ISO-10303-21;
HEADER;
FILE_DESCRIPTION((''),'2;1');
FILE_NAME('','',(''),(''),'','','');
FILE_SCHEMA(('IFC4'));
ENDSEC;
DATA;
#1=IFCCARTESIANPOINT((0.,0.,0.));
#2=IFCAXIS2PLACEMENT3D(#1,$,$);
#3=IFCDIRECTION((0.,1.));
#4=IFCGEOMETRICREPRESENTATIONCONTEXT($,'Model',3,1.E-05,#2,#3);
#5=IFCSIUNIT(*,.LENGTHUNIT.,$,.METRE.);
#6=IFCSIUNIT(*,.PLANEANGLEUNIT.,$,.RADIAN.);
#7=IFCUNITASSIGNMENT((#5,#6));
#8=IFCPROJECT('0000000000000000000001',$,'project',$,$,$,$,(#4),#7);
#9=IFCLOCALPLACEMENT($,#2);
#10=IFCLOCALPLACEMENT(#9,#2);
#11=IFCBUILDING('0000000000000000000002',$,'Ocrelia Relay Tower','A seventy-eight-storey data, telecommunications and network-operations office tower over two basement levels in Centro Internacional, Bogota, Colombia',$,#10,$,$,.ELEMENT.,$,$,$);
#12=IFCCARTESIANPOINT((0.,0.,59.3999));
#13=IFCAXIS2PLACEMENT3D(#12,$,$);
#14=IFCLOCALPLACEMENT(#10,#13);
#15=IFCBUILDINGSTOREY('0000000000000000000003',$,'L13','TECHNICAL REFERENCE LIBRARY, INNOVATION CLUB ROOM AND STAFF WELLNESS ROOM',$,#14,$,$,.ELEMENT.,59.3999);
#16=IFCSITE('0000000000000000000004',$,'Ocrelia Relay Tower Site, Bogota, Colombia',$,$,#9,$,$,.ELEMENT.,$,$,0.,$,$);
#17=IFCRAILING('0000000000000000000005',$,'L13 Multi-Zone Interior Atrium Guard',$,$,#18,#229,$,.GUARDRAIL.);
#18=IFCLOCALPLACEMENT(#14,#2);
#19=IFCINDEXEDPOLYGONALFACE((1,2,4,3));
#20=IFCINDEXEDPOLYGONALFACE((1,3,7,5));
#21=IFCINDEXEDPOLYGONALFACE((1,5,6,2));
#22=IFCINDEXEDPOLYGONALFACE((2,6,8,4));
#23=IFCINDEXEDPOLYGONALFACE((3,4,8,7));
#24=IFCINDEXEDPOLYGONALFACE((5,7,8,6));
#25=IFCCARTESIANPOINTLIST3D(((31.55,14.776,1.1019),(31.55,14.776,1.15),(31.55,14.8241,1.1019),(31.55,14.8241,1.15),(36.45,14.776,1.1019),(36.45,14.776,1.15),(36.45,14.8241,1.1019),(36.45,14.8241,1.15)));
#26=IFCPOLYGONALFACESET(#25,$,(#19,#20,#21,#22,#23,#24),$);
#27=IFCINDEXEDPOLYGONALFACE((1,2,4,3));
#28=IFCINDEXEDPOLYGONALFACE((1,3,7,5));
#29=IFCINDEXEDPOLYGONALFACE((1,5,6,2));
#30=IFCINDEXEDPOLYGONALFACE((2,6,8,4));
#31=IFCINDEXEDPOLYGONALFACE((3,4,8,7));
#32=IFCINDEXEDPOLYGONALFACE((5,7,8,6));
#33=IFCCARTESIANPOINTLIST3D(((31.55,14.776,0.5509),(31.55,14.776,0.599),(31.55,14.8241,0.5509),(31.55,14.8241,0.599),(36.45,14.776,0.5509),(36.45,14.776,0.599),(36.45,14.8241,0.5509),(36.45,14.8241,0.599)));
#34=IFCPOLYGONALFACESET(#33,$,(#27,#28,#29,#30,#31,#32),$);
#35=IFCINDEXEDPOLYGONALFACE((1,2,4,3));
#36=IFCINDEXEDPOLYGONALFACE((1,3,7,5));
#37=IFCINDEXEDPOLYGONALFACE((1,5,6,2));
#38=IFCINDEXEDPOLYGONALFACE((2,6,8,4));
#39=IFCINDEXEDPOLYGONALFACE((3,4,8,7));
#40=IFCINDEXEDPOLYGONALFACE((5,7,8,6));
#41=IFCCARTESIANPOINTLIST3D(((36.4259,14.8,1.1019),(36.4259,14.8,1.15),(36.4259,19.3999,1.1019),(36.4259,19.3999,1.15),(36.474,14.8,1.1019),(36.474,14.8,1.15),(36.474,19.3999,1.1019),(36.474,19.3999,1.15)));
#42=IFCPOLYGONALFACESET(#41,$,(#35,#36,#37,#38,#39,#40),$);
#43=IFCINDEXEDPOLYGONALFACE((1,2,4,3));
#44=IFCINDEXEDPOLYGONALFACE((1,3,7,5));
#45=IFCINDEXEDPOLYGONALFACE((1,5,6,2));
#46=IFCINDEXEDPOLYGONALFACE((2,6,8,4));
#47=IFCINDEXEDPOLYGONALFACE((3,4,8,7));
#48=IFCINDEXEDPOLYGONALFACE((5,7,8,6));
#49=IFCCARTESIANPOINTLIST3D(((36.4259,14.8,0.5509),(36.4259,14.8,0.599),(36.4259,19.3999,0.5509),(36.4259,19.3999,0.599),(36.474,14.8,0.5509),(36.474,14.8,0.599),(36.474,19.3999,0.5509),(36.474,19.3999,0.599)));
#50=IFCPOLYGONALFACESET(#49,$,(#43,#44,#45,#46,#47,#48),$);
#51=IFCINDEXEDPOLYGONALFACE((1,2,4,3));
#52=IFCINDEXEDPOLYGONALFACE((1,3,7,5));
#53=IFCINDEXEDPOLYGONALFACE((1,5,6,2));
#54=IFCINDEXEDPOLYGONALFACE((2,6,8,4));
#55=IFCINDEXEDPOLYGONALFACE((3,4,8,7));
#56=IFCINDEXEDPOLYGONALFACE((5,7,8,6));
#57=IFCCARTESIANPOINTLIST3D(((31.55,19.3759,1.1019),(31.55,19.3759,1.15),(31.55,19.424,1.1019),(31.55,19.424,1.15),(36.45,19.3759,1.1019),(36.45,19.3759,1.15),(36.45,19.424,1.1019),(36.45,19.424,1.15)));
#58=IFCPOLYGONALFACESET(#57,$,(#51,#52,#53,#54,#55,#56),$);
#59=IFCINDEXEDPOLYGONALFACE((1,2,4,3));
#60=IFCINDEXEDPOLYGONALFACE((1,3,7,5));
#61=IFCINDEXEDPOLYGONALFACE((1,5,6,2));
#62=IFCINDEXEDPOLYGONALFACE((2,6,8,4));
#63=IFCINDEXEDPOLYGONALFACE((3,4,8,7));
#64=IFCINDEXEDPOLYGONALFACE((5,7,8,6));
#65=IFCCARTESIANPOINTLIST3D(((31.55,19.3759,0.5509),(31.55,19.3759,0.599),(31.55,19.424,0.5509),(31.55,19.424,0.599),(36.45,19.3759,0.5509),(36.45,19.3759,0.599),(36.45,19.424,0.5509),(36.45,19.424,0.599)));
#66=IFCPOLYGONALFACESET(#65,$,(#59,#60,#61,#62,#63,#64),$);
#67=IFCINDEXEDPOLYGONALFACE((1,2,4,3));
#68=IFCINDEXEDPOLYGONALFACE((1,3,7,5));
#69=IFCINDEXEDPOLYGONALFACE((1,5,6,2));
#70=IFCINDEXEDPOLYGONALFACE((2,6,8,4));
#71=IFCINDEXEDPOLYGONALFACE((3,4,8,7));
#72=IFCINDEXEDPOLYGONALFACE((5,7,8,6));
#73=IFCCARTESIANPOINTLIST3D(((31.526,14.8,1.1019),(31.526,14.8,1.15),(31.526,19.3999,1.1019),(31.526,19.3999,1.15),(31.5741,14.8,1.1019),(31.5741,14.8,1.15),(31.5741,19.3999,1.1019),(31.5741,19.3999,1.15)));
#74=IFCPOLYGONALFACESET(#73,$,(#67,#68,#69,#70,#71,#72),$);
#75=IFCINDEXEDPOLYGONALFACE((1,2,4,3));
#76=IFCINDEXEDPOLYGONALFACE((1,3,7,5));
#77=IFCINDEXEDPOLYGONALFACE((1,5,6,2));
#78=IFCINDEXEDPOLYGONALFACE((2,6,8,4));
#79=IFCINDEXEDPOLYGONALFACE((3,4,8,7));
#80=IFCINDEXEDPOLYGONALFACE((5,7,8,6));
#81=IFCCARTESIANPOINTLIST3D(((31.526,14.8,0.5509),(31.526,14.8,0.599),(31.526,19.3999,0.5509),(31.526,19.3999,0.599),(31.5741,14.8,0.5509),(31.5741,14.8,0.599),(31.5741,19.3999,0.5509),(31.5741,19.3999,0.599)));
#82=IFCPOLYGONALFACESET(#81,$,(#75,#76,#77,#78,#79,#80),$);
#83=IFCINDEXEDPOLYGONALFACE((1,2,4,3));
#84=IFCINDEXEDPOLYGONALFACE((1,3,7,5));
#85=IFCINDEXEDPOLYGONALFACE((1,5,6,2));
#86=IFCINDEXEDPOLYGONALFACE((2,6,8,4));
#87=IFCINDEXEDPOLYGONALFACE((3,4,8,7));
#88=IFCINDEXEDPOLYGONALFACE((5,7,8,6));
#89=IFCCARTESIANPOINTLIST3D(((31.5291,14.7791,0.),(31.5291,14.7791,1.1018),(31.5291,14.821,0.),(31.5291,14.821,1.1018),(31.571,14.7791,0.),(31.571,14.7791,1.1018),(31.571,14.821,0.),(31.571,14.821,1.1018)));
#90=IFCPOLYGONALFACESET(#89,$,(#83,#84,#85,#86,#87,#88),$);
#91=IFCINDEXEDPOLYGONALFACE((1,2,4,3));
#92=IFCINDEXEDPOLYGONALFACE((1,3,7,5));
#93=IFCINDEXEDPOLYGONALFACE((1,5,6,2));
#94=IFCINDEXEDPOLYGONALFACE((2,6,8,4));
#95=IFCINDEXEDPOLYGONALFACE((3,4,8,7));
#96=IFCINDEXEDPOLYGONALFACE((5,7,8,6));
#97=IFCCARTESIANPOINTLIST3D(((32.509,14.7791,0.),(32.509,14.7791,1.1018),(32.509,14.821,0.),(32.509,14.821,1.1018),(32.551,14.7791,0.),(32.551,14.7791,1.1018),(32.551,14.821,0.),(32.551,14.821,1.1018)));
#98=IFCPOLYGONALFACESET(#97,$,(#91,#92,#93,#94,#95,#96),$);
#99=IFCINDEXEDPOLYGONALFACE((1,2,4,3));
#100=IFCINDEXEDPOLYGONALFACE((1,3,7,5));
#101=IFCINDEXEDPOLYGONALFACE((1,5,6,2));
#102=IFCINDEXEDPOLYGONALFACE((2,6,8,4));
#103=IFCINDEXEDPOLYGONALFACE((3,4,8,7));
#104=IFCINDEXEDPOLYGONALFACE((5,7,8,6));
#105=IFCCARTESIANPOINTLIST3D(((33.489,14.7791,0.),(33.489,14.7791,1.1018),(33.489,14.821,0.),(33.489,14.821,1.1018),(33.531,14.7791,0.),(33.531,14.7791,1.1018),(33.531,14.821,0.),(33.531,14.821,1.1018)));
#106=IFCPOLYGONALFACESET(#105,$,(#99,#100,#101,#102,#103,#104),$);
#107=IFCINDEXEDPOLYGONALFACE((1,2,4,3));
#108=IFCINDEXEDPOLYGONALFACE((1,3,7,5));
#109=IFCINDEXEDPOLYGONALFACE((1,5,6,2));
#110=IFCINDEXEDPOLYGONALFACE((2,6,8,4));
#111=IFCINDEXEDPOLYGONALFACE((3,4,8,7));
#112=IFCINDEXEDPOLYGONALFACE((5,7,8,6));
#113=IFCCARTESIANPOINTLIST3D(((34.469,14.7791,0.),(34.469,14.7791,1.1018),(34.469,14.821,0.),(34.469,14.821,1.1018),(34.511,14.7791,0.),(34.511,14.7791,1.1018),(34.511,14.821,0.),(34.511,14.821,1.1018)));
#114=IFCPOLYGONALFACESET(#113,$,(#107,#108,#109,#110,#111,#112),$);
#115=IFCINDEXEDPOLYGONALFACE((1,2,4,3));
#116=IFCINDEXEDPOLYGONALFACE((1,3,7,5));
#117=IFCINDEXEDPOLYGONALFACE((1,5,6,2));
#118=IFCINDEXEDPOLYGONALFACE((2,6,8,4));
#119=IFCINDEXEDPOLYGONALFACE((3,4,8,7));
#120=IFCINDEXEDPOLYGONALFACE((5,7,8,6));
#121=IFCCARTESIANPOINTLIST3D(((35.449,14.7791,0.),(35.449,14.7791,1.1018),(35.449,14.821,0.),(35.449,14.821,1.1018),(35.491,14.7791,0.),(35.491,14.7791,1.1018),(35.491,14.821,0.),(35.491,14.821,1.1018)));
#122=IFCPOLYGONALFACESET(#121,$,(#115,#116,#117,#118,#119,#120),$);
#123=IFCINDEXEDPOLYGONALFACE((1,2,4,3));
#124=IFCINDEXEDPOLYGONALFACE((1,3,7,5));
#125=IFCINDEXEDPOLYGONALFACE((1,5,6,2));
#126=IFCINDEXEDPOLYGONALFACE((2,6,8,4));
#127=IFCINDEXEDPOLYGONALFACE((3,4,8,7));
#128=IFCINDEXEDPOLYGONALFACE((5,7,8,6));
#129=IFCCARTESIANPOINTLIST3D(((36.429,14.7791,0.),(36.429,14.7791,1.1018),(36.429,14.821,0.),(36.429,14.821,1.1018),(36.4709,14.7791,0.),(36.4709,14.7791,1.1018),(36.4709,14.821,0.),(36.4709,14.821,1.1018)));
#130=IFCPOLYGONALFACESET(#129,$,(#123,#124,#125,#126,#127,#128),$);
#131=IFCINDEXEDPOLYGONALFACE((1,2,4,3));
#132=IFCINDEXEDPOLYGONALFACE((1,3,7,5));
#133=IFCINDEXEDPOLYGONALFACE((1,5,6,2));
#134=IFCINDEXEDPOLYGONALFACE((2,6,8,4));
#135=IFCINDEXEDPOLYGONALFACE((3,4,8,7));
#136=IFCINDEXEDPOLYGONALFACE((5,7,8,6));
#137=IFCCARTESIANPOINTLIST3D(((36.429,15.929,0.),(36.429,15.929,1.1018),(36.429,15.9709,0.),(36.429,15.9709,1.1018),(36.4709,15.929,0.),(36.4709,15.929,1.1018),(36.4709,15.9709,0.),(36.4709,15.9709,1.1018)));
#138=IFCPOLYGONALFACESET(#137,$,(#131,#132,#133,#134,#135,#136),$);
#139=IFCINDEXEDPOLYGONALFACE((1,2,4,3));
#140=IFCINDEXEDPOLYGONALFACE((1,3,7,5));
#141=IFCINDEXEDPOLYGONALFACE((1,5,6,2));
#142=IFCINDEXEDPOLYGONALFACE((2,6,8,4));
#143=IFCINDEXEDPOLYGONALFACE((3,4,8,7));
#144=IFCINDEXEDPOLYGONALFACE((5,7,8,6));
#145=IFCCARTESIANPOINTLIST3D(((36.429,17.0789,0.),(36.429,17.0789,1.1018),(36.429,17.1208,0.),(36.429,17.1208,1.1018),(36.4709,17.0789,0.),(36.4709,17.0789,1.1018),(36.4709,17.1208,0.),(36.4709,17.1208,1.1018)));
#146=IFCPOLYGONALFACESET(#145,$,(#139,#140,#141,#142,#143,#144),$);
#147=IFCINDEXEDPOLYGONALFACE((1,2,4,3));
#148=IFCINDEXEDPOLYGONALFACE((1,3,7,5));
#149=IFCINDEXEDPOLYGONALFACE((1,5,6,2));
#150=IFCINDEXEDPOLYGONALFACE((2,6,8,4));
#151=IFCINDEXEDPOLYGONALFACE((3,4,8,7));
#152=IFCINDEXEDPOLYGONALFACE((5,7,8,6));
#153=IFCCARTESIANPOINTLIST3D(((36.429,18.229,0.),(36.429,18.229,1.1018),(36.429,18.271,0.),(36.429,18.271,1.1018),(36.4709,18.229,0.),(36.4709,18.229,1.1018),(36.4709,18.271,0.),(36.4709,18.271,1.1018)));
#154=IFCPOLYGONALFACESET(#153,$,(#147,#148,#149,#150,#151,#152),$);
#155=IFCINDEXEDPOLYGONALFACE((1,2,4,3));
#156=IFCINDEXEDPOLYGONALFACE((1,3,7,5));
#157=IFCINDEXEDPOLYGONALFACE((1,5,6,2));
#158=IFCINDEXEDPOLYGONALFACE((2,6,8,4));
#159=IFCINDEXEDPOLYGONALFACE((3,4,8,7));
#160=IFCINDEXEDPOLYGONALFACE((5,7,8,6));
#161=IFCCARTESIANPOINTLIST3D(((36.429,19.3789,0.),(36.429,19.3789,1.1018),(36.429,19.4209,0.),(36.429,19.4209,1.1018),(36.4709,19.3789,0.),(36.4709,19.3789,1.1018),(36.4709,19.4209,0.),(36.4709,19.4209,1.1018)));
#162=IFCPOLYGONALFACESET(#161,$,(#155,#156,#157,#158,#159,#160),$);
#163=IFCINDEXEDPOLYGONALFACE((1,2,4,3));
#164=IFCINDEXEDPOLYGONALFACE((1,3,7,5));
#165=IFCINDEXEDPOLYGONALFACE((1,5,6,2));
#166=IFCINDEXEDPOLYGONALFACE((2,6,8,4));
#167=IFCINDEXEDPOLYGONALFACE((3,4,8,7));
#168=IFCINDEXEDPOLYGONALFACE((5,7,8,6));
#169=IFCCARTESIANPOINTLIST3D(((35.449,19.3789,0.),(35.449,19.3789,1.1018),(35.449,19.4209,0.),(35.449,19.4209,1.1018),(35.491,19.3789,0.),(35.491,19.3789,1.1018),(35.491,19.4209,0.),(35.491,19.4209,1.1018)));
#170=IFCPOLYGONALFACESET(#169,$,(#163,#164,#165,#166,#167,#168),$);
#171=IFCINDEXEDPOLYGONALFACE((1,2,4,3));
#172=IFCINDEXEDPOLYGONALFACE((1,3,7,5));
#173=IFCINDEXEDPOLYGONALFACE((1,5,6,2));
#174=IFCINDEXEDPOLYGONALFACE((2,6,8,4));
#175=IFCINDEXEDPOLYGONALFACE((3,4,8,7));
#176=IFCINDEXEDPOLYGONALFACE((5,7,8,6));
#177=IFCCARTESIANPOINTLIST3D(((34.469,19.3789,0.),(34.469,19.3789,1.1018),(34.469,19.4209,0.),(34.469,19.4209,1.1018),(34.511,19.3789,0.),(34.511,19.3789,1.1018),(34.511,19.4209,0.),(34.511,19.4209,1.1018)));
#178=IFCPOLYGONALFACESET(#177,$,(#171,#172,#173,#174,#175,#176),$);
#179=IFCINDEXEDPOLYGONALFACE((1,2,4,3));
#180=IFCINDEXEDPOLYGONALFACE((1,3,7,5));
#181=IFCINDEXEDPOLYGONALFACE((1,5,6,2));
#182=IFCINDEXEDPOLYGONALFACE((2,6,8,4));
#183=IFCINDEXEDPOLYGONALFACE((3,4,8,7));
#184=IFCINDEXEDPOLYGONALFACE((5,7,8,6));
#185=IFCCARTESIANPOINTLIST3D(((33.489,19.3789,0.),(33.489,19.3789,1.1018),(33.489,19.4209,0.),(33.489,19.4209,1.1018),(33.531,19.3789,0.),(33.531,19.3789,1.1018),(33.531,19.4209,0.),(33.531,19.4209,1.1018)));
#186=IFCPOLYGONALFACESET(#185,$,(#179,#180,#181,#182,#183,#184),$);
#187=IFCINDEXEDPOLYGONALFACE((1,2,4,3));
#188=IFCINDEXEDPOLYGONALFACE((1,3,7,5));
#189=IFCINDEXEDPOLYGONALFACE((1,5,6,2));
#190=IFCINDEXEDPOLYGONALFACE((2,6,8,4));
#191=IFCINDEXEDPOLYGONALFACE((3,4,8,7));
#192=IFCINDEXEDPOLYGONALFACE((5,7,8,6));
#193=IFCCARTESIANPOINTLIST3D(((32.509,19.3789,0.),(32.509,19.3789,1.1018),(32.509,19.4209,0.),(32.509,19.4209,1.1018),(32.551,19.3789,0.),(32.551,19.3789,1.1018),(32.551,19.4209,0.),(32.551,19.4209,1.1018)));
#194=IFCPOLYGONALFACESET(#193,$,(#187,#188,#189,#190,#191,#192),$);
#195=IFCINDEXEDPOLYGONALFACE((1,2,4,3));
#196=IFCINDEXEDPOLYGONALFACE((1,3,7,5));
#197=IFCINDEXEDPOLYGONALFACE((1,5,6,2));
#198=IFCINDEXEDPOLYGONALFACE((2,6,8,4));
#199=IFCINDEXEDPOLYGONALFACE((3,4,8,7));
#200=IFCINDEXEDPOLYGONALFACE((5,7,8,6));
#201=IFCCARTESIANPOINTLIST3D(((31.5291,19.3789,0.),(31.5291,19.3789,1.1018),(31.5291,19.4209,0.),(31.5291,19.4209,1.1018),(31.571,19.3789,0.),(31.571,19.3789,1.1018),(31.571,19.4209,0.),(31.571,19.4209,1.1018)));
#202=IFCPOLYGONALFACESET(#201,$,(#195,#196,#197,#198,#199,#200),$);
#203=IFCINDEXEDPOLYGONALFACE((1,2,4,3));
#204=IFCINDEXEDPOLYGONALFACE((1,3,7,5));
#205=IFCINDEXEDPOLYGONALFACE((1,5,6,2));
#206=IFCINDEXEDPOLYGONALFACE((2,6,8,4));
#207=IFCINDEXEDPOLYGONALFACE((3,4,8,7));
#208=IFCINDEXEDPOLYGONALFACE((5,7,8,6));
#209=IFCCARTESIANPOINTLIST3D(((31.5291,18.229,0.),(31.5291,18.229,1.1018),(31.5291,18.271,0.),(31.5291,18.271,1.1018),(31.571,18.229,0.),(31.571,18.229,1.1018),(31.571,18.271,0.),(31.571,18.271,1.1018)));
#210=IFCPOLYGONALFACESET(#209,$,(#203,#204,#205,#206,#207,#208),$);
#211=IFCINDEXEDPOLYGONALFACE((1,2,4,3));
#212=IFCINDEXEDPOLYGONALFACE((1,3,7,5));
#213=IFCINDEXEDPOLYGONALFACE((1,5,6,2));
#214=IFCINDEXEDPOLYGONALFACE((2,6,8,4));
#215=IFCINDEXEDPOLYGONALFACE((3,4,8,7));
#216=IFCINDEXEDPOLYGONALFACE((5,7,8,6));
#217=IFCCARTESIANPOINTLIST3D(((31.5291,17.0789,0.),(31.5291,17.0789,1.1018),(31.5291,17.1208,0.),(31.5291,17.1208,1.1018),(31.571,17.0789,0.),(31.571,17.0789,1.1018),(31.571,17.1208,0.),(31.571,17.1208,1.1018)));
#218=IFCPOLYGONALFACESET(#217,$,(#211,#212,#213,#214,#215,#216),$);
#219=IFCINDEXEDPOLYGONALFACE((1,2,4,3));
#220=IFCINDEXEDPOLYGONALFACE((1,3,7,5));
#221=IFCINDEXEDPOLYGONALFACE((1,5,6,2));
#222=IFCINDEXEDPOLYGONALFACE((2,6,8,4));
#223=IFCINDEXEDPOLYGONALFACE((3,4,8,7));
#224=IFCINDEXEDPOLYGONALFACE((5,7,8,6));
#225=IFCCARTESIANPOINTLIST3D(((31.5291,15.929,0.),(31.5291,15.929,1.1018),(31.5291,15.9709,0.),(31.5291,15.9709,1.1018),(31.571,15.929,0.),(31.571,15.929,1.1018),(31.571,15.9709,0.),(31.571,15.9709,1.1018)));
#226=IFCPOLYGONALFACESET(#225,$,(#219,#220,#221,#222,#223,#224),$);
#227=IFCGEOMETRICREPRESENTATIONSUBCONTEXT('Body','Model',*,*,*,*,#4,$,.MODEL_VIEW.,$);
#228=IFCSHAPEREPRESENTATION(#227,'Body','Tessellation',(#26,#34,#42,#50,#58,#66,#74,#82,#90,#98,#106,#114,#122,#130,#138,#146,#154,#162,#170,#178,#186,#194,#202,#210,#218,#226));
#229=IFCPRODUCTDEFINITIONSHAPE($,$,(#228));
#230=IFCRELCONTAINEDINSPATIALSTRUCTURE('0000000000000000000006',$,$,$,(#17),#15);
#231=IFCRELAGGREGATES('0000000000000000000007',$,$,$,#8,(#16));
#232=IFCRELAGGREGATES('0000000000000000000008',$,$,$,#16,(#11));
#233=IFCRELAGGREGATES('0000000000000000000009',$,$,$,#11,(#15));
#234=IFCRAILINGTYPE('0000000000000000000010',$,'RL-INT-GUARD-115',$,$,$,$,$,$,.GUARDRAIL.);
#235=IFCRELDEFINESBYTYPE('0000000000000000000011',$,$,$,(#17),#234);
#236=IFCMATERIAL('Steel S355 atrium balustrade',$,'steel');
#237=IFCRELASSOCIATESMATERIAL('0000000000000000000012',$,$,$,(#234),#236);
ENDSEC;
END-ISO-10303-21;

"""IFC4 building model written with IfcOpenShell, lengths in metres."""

from ifc_helpers import new_model, si_unit, direction, frame, origin, origin_2d, place, context, subcontext, project, spatial, rectangle, extrude, material, type_object, element, save


model = new_model("IFC4")

# Units and contexts
model_context = context("Model", 3, precision=1e-05, world=origin(), true_north=direction((0.0, 1.0)))
body_context = subcontext(model_context, "Body", "Model", "MODEL_VIEW")
ifc_project = project(units=[si_unit("LENGTHUNIT", "METRE"), si_unit("PLANEANGLEUNIT", "RADIAN")], contexts=[model_context])

# Site, building, storey
site_placement = place(None, origin())
site = spatial("IfcSite", under=ifc_project, at=site_placement, Name="Ocrelia Relay Tower Site, Bogota, Colombia", CompositionType="ELEMENT", RefElevation=0.0)
building_placement = place(site_placement, origin())
building = spatial("IfcBuilding", under=site, at=building_placement, Name="Ocrelia Relay Tower", Description="A seventy-eight-storey data, telecommunications and network-operations office tower over two basement levels in Centro Internacional, Bogota, Colombia", CompositionType="ELEMENT")
storey_placement = place(building_placement, frame((0.0, 0.0, 59.3999)))
storey = spatial("IfcBuildingStorey", under=building, at=storey_placement, Name="L13", Description="TECHNICAL REFERENCE LIBRARY, INNOVATION CLUB ROOM AND STAFF WELLNESS ROOM", CompositionType="ELEMENT", Elevation=59.3999)

# Railing
ifc_material_1 = material(Name="Steel S355 atrium balustrade", Category="steel")
railing_type_1 = type_object("IfcRailingType", Name="RL-INT-GUARD-115", PredefinedType="GUARDRAIL", material=ifc_material_1)
railing_1_placement = place(storey_placement, frame((31.55, 14.8, 0.0)))
element("IfcRailing", 1, at=railing_1_placement, inside=storey, type_object=railing_type_1, Name="L13 Multi-Zone Interior Atrium Guard", PredefinedType="GUARDRAIL", context=body_context, shape_type="SweptSolid", body=[
    extrude(rectangle(XDim=0.0481, YDim=0.0481, at=origin_2d()), frame((0.0, 0.0, 1.126), z_axis=(1.0, 0.0, 0.0), x_axis=(0.0, 1.0, 0.0)), (0.0, 0.0, 1.0), 4.8999),
    extrude(rectangle(XDim=0.0481, YDim=0.0481, at=origin_2d()), frame((0.0, 0.0, 0.575), z_axis=(1.0, 0.0, 0.0), x_axis=(0.0, 1.0, 0.0)), (0.0, 0.0, 1.0), 4.8999),
    extrude(rectangle(XDim=0.0481, YDim=0.0481, at=origin_2d()), frame((4.8999, 0.0, 1.126), z_axis=(0.0, 1.0, 0.0), x_axis=(-1.0, 0.0, 0.0)), (0.0, 0.0, 1.0), 4.5999),
    extrude(rectangle(XDim=0.0481, YDim=0.0481, at=origin_2d()), frame((4.8999, 0.0, 0.575), z_axis=(0.0, 1.0, 0.0), x_axis=(-1.0, 0.0, 0.0)), (0.0, 0.0, 1.0), 4.5999),
    extrude(rectangle(XDim=0.0481, YDim=0.0481, at=origin_2d()), frame((4.8999, 4.5999, 1.126), z_axis=(-1.0, 0.0, 0.0), x_axis=(0.0, -1.0, 0.0)), (0.0, 0.0, 1.0), 4.8999),
    extrude(rectangle(XDim=0.0481, YDim=0.0481, at=origin_2d()), frame((4.8999, 4.5999, 0.575), z_axis=(-1.0, 0.0, 0.0), x_axis=(0.0, -1.0, 0.0)), (0.0, 0.0, 1.0), 4.8999),
    extrude(rectangle(XDim=0.0481, YDim=0.0481, at=origin_2d()), frame((0.0, 4.5999, 1.126), z_axis=(0.0, -1.0, 0.0), x_axis=(1.0, 0.0, 0.0)), (0.0, 0.0, 1.0), 4.5999),
    extrude(rectangle(XDim=0.0481, YDim=0.0481, at=origin_2d()), frame((0.0, 4.5999, 0.575), z_axis=(0.0, -1.0, 0.0), x_axis=(1.0, 0.0, 0.0)), (0.0, 0.0, 1.0), 4.5999),
    extrude(rectangle(XDim=0.042, YDim=0.042, at=origin_2d()), origin(), (0.0, 0.0, 1.0), 1.1018),
    extrude(rectangle(XDim=0.042, YDim=0.042, at=origin_2d()), frame((0.98, 0.0, 0.0)), (0.0, 0.0, 1.0), 1.1018),
    extrude(rectangle(XDim=0.042, YDim=0.042, at=origin_2d()), frame((1.96, 0.0, 0.0)), (0.0, 0.0, 1.0), 1.1018),
    extrude(rectangle(XDim=0.042, YDim=0.042, at=origin_2d()), frame((2.9399, 0.0, 0.0)), (0.0, 0.0, 1.0), 1.1018),
    extrude(rectangle(XDim=0.042, YDim=0.042, at=origin_2d()), frame((3.9199, 0.0, 0.0)), (0.0, 0.0, 1.0), 1.1018),
    extrude(rectangle(XDim=0.042, YDim=0.042, at=origin_2d()), frame((4.8999, 0.0, 0.0)), (0.0, 0.0, 1.0), 1.1018),
    extrude(rectangle(XDim=0.042, YDim=0.042, at=origin_2d()), frame((4.8999, 1.1499, 0.0)), (0.0, 0.0, 1.0), 1.1018),
    extrude(rectangle(XDim=0.042, YDim=0.042, at=origin_2d()), frame((4.8999, 2.2998, 0.0)), (0.0, 0.0, 1.0), 1.1018),
    extrude(rectangle(XDim=0.042, YDim=0.042, at=origin_2d()), frame((4.8999, 3.45, 0.0)), (0.0, 0.0, 1.0), 1.1018),
    extrude(rectangle(XDim=0.042, YDim=0.042, at=origin_2d()), frame((4.8999, 4.5999, 0.0)), (0.0, 0.0, 1.0), 1.1018),
    extrude(rectangle(XDim=0.042, YDim=0.042, at=origin_2d()), frame((3.9199, 4.5999, 0.0)), (0.0, 0.0, 1.0), 1.1018),
    extrude(rectangle(XDim=0.042, YDim=0.042, at=origin_2d()), frame((2.9399, 4.5999, 0.0)), (0.0, 0.0, 1.0), 1.1018),
    extrude(rectangle(XDim=0.042, YDim=0.042, at=origin_2d()), frame((1.96, 4.5999, 0.0)), (0.0, 0.0, 1.0), 1.1018),
    extrude(rectangle(XDim=0.042, YDim=0.042, at=origin_2d()), frame((0.98, 4.5999, 0.0)), (0.0, 0.0, 1.0), 1.1018),
    extrude(rectangle(XDim=0.042, YDim=0.042, at=origin_2d()), frame((0.0, 4.5999, 0.0)), (0.0, 0.0, 1.0), 1.1018),
    extrude(rectangle(XDim=0.042, YDim=0.042, at=origin_2d()), frame((0.0, 3.45, 0.0)), (0.0, 0.0, 1.0), 1.1018),
    extrude(rectangle(XDim=0.042, YDim=0.042, at=origin_2d()), frame((0.0, 2.2998, 0.0)), (0.0, 0.0, 1.0), 1.1018),
    extrude(rectangle(XDim=0.042, YDim=0.042, at=origin_2d()), frame((0.0, 1.1499, 0.0)), (0.0, 0.0, 1.0), 1.1018),
])

save(model, "model.ifc")
